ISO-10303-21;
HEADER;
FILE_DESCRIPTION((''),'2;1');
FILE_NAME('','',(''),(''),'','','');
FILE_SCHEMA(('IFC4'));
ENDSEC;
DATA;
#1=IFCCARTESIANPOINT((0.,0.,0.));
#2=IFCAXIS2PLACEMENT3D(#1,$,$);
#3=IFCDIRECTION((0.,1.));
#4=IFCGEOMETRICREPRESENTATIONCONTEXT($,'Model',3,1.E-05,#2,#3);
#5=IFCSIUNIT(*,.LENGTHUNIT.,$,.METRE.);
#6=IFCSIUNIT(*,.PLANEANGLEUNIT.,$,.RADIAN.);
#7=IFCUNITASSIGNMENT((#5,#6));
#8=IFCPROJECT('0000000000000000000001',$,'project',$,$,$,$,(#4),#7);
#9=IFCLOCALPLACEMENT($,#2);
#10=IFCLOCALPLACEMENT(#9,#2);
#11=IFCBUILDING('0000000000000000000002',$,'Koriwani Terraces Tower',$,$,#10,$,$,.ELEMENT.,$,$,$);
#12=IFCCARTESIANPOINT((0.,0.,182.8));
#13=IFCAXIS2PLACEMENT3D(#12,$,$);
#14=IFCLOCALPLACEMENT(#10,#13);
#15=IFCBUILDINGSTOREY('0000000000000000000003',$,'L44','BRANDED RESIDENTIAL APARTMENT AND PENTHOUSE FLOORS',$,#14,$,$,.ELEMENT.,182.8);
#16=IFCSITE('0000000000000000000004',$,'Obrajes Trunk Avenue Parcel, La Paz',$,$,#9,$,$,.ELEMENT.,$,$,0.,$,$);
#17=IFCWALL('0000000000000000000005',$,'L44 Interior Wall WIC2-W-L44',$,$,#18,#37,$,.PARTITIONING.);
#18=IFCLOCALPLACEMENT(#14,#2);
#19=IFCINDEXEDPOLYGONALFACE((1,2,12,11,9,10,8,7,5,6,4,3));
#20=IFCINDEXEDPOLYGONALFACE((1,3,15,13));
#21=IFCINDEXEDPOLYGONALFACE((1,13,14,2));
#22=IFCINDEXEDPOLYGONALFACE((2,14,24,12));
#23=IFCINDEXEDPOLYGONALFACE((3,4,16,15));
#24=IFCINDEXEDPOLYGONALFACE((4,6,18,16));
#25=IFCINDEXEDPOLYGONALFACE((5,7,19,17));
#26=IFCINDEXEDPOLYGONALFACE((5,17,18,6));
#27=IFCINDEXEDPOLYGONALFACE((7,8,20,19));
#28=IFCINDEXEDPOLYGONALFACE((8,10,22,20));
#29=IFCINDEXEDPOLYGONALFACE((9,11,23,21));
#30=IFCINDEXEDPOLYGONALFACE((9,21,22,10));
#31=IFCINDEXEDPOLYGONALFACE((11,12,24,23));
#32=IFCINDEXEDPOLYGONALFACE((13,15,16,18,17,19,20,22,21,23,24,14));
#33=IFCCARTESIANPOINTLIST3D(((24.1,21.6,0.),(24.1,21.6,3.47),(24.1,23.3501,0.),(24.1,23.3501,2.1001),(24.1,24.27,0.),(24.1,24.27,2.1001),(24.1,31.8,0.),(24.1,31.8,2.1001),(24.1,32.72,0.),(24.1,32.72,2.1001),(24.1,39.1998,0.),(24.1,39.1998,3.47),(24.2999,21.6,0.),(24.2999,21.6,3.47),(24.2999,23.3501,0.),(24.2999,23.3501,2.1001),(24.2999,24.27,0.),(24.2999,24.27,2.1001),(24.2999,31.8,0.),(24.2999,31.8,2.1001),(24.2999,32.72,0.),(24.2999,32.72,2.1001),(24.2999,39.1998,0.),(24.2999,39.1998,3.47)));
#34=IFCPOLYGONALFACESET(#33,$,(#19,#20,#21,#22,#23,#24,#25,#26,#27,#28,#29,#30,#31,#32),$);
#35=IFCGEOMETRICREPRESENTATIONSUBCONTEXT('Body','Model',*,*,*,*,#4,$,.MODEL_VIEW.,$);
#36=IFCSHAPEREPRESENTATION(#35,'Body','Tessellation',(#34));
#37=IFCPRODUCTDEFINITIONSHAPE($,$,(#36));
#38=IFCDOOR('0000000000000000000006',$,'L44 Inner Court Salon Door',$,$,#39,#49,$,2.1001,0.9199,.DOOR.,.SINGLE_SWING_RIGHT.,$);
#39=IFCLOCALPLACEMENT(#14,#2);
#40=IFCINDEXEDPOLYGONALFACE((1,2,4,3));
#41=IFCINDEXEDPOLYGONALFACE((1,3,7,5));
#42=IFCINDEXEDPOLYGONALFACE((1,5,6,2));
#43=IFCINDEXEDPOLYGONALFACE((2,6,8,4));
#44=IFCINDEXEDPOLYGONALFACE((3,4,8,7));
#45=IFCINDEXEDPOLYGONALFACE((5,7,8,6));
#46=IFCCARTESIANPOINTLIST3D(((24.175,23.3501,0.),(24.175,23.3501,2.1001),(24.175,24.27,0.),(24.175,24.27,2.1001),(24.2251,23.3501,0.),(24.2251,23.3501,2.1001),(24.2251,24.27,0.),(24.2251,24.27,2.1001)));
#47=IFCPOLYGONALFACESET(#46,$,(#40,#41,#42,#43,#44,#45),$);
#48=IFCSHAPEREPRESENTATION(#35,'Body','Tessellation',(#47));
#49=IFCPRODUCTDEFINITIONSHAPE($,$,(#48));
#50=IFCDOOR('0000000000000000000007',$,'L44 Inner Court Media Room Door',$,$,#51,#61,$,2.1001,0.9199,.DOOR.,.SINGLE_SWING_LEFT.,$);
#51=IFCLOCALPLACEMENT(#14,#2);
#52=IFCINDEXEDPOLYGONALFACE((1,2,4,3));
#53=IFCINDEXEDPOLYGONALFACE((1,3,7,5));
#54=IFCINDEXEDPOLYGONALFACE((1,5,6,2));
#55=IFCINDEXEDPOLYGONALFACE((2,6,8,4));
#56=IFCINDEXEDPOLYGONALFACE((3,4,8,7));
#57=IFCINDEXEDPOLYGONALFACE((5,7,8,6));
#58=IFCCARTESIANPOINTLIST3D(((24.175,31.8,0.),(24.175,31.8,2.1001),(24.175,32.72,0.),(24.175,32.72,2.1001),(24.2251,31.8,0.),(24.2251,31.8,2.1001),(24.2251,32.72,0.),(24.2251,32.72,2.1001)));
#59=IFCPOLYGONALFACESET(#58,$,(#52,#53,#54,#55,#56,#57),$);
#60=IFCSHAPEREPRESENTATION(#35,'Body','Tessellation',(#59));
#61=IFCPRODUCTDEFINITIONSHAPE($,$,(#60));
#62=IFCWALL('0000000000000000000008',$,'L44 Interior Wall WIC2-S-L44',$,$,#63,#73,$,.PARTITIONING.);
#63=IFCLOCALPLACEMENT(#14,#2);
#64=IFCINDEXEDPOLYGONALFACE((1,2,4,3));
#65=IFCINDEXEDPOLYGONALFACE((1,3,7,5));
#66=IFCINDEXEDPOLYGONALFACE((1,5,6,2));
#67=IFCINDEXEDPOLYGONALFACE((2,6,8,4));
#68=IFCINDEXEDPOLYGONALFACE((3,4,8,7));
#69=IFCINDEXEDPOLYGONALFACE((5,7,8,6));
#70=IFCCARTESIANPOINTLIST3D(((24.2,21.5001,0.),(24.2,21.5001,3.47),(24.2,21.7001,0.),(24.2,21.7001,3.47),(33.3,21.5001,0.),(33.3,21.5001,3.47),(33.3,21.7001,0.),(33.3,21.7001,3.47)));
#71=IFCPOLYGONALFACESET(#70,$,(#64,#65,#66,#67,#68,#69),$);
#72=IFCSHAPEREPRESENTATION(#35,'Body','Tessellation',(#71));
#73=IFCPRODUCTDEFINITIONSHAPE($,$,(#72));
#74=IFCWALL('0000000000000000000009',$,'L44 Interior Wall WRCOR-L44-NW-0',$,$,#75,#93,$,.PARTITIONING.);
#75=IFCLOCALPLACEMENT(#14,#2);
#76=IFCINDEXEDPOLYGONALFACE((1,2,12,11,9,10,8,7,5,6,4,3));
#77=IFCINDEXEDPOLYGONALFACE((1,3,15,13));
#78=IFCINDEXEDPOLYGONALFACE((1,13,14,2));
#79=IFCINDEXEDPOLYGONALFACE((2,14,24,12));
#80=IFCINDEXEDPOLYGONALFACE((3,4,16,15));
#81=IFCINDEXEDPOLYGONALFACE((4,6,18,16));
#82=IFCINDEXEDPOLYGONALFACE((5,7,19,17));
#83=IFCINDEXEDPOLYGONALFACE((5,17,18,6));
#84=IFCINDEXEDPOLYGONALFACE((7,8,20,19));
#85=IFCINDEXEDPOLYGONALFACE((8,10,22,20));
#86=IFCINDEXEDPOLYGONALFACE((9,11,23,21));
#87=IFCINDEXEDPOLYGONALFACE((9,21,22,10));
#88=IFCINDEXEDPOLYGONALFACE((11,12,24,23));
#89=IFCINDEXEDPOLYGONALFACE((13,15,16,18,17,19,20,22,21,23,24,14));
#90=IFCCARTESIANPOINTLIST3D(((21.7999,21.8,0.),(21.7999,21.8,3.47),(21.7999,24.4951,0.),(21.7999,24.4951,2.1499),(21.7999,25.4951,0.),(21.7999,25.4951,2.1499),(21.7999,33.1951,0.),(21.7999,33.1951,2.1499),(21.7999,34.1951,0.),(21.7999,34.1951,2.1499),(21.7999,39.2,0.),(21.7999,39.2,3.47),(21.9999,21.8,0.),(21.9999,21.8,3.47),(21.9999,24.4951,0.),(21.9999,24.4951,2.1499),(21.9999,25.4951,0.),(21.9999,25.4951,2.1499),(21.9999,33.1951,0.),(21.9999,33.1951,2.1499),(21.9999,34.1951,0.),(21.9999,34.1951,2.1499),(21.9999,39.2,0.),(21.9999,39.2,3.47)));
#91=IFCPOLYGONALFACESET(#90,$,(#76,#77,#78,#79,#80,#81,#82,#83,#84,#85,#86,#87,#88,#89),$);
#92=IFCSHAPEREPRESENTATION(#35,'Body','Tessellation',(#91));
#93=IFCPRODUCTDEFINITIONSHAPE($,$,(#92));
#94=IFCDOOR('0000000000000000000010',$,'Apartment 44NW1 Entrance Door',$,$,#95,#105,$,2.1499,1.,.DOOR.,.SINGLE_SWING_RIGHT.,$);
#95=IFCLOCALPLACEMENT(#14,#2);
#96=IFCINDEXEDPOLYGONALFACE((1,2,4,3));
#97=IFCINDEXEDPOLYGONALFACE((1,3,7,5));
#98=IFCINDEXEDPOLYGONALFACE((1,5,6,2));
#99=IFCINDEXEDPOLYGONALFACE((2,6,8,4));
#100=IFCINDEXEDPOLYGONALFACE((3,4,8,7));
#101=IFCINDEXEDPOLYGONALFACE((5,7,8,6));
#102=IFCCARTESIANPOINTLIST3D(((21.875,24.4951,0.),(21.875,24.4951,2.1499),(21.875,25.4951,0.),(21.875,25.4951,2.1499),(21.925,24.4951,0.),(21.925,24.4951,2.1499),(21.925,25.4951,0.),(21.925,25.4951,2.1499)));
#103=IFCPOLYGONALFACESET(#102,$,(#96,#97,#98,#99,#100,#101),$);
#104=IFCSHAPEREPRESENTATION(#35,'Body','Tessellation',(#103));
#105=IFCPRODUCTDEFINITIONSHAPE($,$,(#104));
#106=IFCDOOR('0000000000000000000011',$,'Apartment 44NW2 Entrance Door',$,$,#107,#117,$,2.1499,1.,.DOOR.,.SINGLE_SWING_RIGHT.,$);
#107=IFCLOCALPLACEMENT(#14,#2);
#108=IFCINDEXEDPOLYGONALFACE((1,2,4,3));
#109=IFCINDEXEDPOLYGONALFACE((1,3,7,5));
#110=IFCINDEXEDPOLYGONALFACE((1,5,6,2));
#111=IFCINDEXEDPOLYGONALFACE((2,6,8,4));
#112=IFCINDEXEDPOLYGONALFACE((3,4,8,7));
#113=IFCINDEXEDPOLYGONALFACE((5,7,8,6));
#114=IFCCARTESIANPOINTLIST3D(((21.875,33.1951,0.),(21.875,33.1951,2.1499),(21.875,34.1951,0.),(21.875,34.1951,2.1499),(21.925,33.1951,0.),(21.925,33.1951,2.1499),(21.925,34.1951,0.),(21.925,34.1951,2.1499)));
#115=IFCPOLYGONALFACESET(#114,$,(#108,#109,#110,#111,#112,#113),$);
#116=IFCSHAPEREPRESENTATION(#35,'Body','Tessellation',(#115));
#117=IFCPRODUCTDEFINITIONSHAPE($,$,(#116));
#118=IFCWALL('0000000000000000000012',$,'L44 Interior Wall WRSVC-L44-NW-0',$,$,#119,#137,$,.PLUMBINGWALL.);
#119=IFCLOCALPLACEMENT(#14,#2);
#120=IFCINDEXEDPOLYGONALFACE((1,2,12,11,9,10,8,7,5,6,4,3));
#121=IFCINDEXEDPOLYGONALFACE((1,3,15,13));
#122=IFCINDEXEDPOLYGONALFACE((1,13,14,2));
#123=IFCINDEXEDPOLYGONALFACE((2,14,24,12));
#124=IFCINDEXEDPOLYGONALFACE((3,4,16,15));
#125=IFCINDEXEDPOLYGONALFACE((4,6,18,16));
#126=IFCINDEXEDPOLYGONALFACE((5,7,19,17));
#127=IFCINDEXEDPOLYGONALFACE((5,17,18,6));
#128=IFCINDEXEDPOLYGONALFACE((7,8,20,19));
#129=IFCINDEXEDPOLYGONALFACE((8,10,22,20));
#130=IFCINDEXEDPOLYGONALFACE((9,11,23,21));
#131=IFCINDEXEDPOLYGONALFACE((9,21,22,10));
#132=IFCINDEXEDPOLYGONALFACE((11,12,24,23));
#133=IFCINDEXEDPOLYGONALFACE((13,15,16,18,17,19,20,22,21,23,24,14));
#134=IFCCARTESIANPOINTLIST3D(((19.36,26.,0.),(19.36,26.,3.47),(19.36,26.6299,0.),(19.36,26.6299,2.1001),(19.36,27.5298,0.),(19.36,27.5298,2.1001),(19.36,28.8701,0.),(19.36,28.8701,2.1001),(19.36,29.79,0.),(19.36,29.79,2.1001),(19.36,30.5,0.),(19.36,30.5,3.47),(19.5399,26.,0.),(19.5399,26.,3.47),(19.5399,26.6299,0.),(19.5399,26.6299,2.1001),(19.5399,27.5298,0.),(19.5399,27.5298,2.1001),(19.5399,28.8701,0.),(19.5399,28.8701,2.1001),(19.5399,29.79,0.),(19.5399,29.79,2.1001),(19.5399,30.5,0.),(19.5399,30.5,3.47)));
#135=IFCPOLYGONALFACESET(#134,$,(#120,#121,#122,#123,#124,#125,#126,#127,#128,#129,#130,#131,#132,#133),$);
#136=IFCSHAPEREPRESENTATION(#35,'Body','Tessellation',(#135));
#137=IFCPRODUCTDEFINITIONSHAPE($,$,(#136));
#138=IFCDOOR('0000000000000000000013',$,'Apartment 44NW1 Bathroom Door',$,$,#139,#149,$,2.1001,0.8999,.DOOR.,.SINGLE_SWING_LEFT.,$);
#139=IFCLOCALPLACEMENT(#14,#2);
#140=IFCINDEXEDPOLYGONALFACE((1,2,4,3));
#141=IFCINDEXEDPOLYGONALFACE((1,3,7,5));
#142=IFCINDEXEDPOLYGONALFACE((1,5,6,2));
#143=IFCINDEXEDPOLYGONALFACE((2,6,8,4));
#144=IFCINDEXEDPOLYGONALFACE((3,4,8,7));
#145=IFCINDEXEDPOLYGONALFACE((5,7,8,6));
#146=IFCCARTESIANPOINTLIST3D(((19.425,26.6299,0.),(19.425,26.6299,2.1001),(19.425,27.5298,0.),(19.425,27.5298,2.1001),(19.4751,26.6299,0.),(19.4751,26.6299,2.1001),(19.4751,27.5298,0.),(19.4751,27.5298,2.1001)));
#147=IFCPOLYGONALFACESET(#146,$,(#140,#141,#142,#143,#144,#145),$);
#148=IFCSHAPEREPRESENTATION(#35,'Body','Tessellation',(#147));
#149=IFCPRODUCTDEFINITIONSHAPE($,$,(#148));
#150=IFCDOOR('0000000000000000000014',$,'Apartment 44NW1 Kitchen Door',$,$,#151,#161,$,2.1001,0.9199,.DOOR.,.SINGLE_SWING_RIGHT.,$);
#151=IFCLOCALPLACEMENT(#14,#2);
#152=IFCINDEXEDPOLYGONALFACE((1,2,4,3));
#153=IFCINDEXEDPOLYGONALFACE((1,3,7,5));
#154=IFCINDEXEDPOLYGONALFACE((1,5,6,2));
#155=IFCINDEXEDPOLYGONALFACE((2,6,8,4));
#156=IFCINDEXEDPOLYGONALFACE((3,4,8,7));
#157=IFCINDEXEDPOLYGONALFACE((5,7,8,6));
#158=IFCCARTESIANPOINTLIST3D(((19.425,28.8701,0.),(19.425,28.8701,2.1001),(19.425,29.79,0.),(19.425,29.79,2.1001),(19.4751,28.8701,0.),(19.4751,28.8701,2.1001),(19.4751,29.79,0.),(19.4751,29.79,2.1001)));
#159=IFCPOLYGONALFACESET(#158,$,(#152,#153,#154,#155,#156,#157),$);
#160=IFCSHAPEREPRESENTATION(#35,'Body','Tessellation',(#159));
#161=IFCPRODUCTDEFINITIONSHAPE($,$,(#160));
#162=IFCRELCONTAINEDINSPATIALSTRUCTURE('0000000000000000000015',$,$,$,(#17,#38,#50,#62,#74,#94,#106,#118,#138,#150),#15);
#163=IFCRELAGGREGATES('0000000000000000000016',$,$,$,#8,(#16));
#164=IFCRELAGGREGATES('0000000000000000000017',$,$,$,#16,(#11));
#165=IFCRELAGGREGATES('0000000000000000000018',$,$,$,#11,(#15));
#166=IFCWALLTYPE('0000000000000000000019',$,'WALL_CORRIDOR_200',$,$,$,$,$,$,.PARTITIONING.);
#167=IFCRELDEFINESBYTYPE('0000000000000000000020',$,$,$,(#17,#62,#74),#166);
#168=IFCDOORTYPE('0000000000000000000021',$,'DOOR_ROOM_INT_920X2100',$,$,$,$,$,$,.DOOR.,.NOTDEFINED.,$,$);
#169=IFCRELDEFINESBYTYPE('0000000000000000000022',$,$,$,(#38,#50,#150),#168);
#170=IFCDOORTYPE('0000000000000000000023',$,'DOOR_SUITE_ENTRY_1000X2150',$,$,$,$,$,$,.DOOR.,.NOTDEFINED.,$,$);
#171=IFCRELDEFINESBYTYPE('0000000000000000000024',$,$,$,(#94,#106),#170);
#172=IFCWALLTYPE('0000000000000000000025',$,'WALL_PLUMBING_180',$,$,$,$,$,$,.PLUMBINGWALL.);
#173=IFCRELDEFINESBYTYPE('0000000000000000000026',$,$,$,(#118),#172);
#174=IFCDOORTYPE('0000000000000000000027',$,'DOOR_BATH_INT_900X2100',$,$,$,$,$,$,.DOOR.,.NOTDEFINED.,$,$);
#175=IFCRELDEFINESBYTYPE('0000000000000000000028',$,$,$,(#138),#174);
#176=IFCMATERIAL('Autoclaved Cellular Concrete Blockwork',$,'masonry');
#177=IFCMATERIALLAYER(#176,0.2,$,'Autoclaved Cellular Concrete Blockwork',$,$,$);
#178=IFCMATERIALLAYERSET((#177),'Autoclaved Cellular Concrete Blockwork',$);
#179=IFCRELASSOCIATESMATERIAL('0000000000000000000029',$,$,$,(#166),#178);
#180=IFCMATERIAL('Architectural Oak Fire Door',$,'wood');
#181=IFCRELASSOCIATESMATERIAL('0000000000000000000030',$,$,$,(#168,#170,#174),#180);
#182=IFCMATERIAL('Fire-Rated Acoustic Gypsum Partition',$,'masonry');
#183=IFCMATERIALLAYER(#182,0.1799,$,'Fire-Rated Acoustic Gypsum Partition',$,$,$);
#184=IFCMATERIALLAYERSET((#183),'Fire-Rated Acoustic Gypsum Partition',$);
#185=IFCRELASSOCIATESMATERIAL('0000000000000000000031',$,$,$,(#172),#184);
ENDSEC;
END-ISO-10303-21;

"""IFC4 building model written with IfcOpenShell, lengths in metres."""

from ifc_helpers import new_model, si_unit, direction, frame, frame_2d, origin, place, context, subcontext, project, spatial, rectangle, extrude, material, layer, layer_set, type_object, element, fill, save


model = new_model("IFC4")

# Units and contexts
model_context = context("Model", 3, precision=1e-05, world=origin(), true_north=direction((0.0, 1.0)))
body_context = subcontext(model_context, "Body", "Model", "MODEL_VIEW")
ifc_project = project(units=[si_unit("LENGTHUNIT", "METRE"), si_unit("PLANEANGLEUNIT", "RADIAN")], contexts=[model_context])

# Site, building, storey
site_placement = place(None, origin())
site = spatial("IfcSite", under=ifc_project, at=site_placement, Name="Obrajes Trunk Avenue Parcel, La Paz", CompositionType="ELEMENT", RefElevation=0.0)
building_placement = place(site_placement, origin())
building = spatial("IfcBuilding", under=site, at=building_placement, Name="Koriwani Terraces Tower", CompositionType="ELEMENT")
storey_placement = place(building_placement, frame((0.0, 0.0, 182.8)))
storey = spatial("IfcBuildingStorey", under=building, at=storey_placement, Name="L44", Description="BRANDED RESIDENTIAL APARTMENT AND PENTHOUSE FLOORS", CompositionType="ELEMENT", Elevation=182.8)

# Wall, openings, doors
ifc_material_1 = material(Name="Autoclaved Cellular Concrete Blockwork", Category="masonry")
ifc_layer_1 = layer(ifc_material_1, 0.2, Name="Autoclaved Cellular Concrete Blockwork")
ifc_layer_set_1 = layer_set([ifc_layer_1], Name="Autoclaved Cellular Concrete Blockwork")
wall_type_1 = type_object("IfcWallType", Name="WALL_CORRIDOR_200", PredefinedType="PARTITIONING", material=ifc_layer_set_1)
wall_1_placement = place(storey_placement, frame((24.2, 21.6001, 0.0), z_axis=(0.0, 0.0, 1.0), x_axis=(0.0, 1.0, 0.0)))
wall_1 = element("IfcWall", 1, at=wall_1_placement, inside=storey, type_object=wall_type_1, Name="L44 Interior Wall WIC2-W-L44", PredefinedType="PARTITIONING", context=body_context, shape_type="SweptSolid", body=[
    extrude(rectangle(XDim=17.5999, YDim=0.2, at=frame_2d((8.7998, 0.0))), origin(), (0.0, 0.0, 1.0), 3.47),
])
opening_1_placement = place(wall_1_placement, frame((1.75, 0.0, 0.0)))
opening_1 = element("IfcOpeningElement", 2, at=opening_1_placement, cuts=wall_1, PredefinedType="OPENING", context=body_context, shape_type="SweptSolid", body=[
    extrude(rectangle(XDim=0.9199, YDim=2.1001, at=frame_2d((0.46, 1.05))), frame((0.0, 0.1099, 0.0), z_axis=(0.0, -1.0, 0.0), x_axis=(1.0, 0.0, 0.0)), (0.0, 0.0, 1.0), 0.22),
])
opening_2_placement = place(wall_1_placement, frame((10.2, 0.0, 0.0)))
opening_2 = element("IfcOpeningElement", 3, at=opening_2_placement, cuts=wall_1, PredefinedType="OPENING", context=body_context, shape_type="SweptSolid", body=[
    extrude(rectangle(XDim=0.9199, YDim=2.1001, at=frame_2d((0.46, 1.05))), frame((0.0, 0.1099, 0.0), z_axis=(0.0, -1.0, 0.0), x_axis=(1.0, 0.0, 0.0)), (0.0, 0.0, 1.0), 0.22),
])
ifc_material_2 = material(Name="Architectural Oak Fire Door", Category="wood")
door_type_1 = type_object("IfcDoorType", Name="DOOR_ROOM_INT_920X2100", OperationType="NOTDEFINED", PredefinedType="DOOR", material=ifc_material_2)
door_1_placement = place(opening_1_placement, origin())
door_1 = element("IfcDoor", 4, at=door_1_placement, inside=storey, type_object=door_type_1, Name="L44 Inner Court Salon Door", OperationType="SINGLE_SWING_RIGHT", OverallHeight=2.1001, OverallWidth=0.9199, PredefinedType="DOOR", context=body_context, shape_type="SweptSolid", body=[
    extrude(rectangle(XDim=0.9199, YDim=2.1001, at=frame_2d((0.46, 1.05))), frame((0.0, 0.0249, 0.0), z_axis=(0.0, -1.0, 0.0), x_axis=(1.0, 0.0, 0.0)), (0.0, 0.0, 1.0), 0.05),
])
fill(opening_1, door_1)
door_2_placement = place(opening_2_placement, origin())
door_2 = element("IfcDoor", 5, at=door_2_placement, inside=storey, type_object=door_type_1, Name="L44 Inner Court Media Room Door", OperationType="SINGLE_SWING_LEFT", OverallHeight=2.1001, OverallWidth=0.9199, PredefinedType="DOOR", context=body_context, shape_type="SweptSolid", body=[
    extrude(rectangle(XDim=0.9199, YDim=2.1001, at=frame_2d((0.46, 1.05))), frame((0.0, 0.0249, 0.0), z_axis=(0.0, -1.0, 0.0), x_axis=(1.0, 0.0, 0.0)), (0.0, 0.0, 1.0), 0.05),
])
fill(opening_2, door_2)

# Wall
wall_2_placement = place(storey_placement, frame((24.2, 21.6001, 0.0), z_axis=(0.0, 0.0, 1.0), x_axis=(1.0, 0.0, 0.0)))
element("IfcWall", 6, at=wall_2_placement, inside=storey, type_object=wall_type_1, Name="L44 Interior Wall WIC2-S-L44", PredefinedType="PARTITIONING", context=body_context, shape_type="SweptSolid", body=[
    extrude(rectangle(XDim=9.1001, YDim=0.2, at=frame_2d((4.55, 0.0))), origin(), (0.0, 0.0, 1.0), 3.47),
])

# Walls, openings, doors
wall_3_placement = place(storey_placement, frame((21.8999, 21.8, 0.0), z_axis=(0.0, 0.0, 1.0), x_axis=(0.0, 1.0, 0.0)))
wall_3 = element("IfcWall", 7, at=wall_3_placement, inside=storey, type_object=wall_type_1, Name="L44 Interior Wall WRCOR-L44-NW-0", PredefinedType="PARTITIONING", context=body_context, shape_type="SweptSolid", body=[
    extrude(rectangle(XDim=17.3999, YDim=0.2, at=frame_2d((8.7, 0.0))), origin(), (0.0, 0.0, 1.0), 3.47),
])
opening_3_placement = place(wall_3_placement, frame((2.6951, 0.0, 0.0)))
opening_3 = element("IfcOpeningElement", 8, at=opening_3_placement, cuts=wall_3, PredefinedType="OPENING", context=body_context, shape_type="SweptSolid", body=[
    extrude(rectangle(XDim=1.0, YDim=2.1499, at=frame_2d((0.5, 1.075))), frame((0.0, 0.1099, 0.0), z_axis=(0.0, -1.0, 0.0), x_axis=(1.0, 0.0, 0.0)), (0.0, 0.0, 1.0), 0.22),
])
opening_4_placement = place(wall_3_placement, frame((11.395, 0.0, 0.0)))
opening_4 = element("IfcOpeningElement", 9, at=opening_4_placement, cuts=wall_3, PredefinedType="OPENING", context=body_context, shape_type="SweptSolid", body=[
    extrude(rectangle(XDim=1.0, YDim=2.1499, at=frame_2d((0.5, 1.075))), frame((0.0, 0.1099, 0.0), z_axis=(0.0, -1.0, 0.0), x_axis=(1.0, 0.0, 0.0)), (0.0, 0.0, 1.0), 0.22),
])
door_type_2 = type_object("IfcDoorType", Name="DOOR_SUITE_ENTRY_1000X2150", OperationType="NOTDEFINED", PredefinedType="DOOR", material=ifc_material_2)
door_3_placement = place(opening_3_placement, origin())
door_3 = element("IfcDoor", 10, at=door_3_placement, inside=storey, type_object=door_type_2, Name="Apartment 44NW1 Entrance Door", OperationType="SINGLE_SWING_RIGHT", OverallHeight=2.1499, OverallWidth=1.0, PredefinedType="DOOR", context=body_context, shape_type="SweptSolid", body=[
    extrude(rectangle(XDim=1.0, YDim=2.1499, at=frame_2d((0.5, 1.075))), frame((0.0, 0.0249, 0.0), z_axis=(0.0, -1.0, 0.0), x_axis=(1.0, 0.0, 0.0)), (0.0, 0.0, 1.0), 0.05),
])
fill(opening_3, door_3)
door_4_placement = place(opening_4_placement, origin())
door_4 = element("IfcDoor", 11, at=door_4_placement, inside=storey, type_object=door_type_2, Name="Apartment 44NW2 Entrance Door", OperationType="SINGLE_SWING_RIGHT", OverallHeight=2.1499, OverallWidth=1.0, PredefinedType="DOOR", context=body_context, shape_type="SweptSolid", body=[
    extrude(rectangle(XDim=1.0, YDim=2.1499, at=frame_2d((0.5, 1.075))), frame((0.0, 0.0249, 0.0), z_axis=(0.0, -1.0, 0.0), x_axis=(1.0, 0.0, 0.0)), (0.0, 0.0, 1.0), 0.05),
])
fill(opening_4, door_4)
ifc_material_3 = material(Name="Fire-Rated Acoustic Gypsum Partition", Category="masonry")
ifc_layer_2 = layer(ifc_material_3, 0.1799, Name="Fire-Rated Acoustic Gypsum Partition")
ifc_layer_set_2 = layer_set([ifc_layer_2], Name="Fire-Rated Acoustic Gypsum Partition")
wall_type_2 = type_object("IfcWallType", Name="WALL_PLUMBING_180", PredefinedType="PLUMBINGWALL", material=ifc_layer_set_2)
wall_4_placement = place(storey_placement, frame((19.45, 26.0, 0.0), z_axis=(0.0, 0.0, 1.0), x_axis=(0.0, 1.0, 0.0)))
wall_4 = element("IfcWall", 12, at=wall_4_placement, inside=storey, type_object=wall_type_2, Name="L44 Interior Wall WRSVC-L44-NW-0", PredefinedType="PLUMBINGWALL", context=body_context, shape_type="SweptSolid", body=[
    extrude(rectangle(XDim=4.5, YDim=0.1799, at=frame_2d((2.25, 0.0))), origin(), (0.0, 0.0, 1.0), 3.47),
])
opening_5_placement = place(wall_4_placement, frame((0.6299, 0.0, 0.0)))
opening_5 = element("IfcOpeningElement", 13, at=opening_5_placement, cuts=wall_4, PredefinedType="OPENING", context=body_context, shape_type="SweptSolid", body=[
    extrude(rectangle(XDim=0.8999, YDim=2.1001, at=frame_2d((0.45, 1.05))), frame((0.0, 0.1001, 0.0), z_axis=(0.0, -1.0, 0.0), x_axis=(1.0, 0.0, 0.0)), (0.0, 0.0, 1.0), 0.2),
])
opening_6_placement = place(wall_4_placement, frame((2.8701, 0.0, 0.0)))
opening_6 = element("IfcOpeningElement", 14, at=opening_6_placement, cuts=wall_4, PredefinedType="OPENING", context=body_context, shape_type="SweptSolid", body=[
    extrude(rectangle(XDim=0.9199, YDim=2.1001, at=frame_2d((0.46, 1.05))), frame((0.0, 0.1001, 0.0), z_axis=(0.0, -1.0, 0.0), x_axis=(1.0, 0.0, 0.0)), (0.0, 0.0, 1.0), 0.2),
])
door_type_3 = type_object("IfcDoorType", Name="DOOR_BATH_INT_900X2100", OperationType="NOTDEFINED", PredefinedType="DOOR", material=ifc_material_2)
door_5_placement = place(opening_5_placement, origin())
door_5 = element("IfcDoor", 15, at=door_5_placement, inside=storey, type_object=door_type_3, Name="Apartment 44NW1 Bathroom Door", OperationType="SINGLE_SWING_LEFT", OverallHeight=2.1001, OverallWidth=0.8999, PredefinedType="DOOR", context=body_context, shape_type="SweptSolid", body=[
    extrude(rectangle(XDim=0.8999, YDim=2.1001, at=frame_2d((0.45, 1.05))), frame((0.0, 0.0249, 0.0), z_axis=(0.0, -1.0, 0.0), x_axis=(1.0, 0.0, 0.0)), (0.0, 0.0, 1.0), 0.05),
])
fill(opening_5, door_5)
door_6_placement = place(opening_6_placement, origin())
door_6 = element("IfcDoor", 16, at=door_6_placement, inside=storey, type_object=door_type_1, Name="Apartment 44NW1 Kitchen Door", OperationType="SINGLE_SWING_RIGHT", OverallHeight=2.1001, OverallWidth=0.9199, PredefinedType="DOOR", context=body_context, shape_type="SweptSolid", body=[
    extrude(rectangle(XDim=0.9199, YDim=2.1001, at=frame_2d((0.46, 1.05))), frame((0.0, 0.0249, 0.0), z_axis=(0.0, -1.0, 0.0), x_axis=(1.0, 0.0, 0.0)), (0.0, 0.0, 1.0), 0.05),
])
fill(opening_6, door_6)

save(model, "model.ifc")
